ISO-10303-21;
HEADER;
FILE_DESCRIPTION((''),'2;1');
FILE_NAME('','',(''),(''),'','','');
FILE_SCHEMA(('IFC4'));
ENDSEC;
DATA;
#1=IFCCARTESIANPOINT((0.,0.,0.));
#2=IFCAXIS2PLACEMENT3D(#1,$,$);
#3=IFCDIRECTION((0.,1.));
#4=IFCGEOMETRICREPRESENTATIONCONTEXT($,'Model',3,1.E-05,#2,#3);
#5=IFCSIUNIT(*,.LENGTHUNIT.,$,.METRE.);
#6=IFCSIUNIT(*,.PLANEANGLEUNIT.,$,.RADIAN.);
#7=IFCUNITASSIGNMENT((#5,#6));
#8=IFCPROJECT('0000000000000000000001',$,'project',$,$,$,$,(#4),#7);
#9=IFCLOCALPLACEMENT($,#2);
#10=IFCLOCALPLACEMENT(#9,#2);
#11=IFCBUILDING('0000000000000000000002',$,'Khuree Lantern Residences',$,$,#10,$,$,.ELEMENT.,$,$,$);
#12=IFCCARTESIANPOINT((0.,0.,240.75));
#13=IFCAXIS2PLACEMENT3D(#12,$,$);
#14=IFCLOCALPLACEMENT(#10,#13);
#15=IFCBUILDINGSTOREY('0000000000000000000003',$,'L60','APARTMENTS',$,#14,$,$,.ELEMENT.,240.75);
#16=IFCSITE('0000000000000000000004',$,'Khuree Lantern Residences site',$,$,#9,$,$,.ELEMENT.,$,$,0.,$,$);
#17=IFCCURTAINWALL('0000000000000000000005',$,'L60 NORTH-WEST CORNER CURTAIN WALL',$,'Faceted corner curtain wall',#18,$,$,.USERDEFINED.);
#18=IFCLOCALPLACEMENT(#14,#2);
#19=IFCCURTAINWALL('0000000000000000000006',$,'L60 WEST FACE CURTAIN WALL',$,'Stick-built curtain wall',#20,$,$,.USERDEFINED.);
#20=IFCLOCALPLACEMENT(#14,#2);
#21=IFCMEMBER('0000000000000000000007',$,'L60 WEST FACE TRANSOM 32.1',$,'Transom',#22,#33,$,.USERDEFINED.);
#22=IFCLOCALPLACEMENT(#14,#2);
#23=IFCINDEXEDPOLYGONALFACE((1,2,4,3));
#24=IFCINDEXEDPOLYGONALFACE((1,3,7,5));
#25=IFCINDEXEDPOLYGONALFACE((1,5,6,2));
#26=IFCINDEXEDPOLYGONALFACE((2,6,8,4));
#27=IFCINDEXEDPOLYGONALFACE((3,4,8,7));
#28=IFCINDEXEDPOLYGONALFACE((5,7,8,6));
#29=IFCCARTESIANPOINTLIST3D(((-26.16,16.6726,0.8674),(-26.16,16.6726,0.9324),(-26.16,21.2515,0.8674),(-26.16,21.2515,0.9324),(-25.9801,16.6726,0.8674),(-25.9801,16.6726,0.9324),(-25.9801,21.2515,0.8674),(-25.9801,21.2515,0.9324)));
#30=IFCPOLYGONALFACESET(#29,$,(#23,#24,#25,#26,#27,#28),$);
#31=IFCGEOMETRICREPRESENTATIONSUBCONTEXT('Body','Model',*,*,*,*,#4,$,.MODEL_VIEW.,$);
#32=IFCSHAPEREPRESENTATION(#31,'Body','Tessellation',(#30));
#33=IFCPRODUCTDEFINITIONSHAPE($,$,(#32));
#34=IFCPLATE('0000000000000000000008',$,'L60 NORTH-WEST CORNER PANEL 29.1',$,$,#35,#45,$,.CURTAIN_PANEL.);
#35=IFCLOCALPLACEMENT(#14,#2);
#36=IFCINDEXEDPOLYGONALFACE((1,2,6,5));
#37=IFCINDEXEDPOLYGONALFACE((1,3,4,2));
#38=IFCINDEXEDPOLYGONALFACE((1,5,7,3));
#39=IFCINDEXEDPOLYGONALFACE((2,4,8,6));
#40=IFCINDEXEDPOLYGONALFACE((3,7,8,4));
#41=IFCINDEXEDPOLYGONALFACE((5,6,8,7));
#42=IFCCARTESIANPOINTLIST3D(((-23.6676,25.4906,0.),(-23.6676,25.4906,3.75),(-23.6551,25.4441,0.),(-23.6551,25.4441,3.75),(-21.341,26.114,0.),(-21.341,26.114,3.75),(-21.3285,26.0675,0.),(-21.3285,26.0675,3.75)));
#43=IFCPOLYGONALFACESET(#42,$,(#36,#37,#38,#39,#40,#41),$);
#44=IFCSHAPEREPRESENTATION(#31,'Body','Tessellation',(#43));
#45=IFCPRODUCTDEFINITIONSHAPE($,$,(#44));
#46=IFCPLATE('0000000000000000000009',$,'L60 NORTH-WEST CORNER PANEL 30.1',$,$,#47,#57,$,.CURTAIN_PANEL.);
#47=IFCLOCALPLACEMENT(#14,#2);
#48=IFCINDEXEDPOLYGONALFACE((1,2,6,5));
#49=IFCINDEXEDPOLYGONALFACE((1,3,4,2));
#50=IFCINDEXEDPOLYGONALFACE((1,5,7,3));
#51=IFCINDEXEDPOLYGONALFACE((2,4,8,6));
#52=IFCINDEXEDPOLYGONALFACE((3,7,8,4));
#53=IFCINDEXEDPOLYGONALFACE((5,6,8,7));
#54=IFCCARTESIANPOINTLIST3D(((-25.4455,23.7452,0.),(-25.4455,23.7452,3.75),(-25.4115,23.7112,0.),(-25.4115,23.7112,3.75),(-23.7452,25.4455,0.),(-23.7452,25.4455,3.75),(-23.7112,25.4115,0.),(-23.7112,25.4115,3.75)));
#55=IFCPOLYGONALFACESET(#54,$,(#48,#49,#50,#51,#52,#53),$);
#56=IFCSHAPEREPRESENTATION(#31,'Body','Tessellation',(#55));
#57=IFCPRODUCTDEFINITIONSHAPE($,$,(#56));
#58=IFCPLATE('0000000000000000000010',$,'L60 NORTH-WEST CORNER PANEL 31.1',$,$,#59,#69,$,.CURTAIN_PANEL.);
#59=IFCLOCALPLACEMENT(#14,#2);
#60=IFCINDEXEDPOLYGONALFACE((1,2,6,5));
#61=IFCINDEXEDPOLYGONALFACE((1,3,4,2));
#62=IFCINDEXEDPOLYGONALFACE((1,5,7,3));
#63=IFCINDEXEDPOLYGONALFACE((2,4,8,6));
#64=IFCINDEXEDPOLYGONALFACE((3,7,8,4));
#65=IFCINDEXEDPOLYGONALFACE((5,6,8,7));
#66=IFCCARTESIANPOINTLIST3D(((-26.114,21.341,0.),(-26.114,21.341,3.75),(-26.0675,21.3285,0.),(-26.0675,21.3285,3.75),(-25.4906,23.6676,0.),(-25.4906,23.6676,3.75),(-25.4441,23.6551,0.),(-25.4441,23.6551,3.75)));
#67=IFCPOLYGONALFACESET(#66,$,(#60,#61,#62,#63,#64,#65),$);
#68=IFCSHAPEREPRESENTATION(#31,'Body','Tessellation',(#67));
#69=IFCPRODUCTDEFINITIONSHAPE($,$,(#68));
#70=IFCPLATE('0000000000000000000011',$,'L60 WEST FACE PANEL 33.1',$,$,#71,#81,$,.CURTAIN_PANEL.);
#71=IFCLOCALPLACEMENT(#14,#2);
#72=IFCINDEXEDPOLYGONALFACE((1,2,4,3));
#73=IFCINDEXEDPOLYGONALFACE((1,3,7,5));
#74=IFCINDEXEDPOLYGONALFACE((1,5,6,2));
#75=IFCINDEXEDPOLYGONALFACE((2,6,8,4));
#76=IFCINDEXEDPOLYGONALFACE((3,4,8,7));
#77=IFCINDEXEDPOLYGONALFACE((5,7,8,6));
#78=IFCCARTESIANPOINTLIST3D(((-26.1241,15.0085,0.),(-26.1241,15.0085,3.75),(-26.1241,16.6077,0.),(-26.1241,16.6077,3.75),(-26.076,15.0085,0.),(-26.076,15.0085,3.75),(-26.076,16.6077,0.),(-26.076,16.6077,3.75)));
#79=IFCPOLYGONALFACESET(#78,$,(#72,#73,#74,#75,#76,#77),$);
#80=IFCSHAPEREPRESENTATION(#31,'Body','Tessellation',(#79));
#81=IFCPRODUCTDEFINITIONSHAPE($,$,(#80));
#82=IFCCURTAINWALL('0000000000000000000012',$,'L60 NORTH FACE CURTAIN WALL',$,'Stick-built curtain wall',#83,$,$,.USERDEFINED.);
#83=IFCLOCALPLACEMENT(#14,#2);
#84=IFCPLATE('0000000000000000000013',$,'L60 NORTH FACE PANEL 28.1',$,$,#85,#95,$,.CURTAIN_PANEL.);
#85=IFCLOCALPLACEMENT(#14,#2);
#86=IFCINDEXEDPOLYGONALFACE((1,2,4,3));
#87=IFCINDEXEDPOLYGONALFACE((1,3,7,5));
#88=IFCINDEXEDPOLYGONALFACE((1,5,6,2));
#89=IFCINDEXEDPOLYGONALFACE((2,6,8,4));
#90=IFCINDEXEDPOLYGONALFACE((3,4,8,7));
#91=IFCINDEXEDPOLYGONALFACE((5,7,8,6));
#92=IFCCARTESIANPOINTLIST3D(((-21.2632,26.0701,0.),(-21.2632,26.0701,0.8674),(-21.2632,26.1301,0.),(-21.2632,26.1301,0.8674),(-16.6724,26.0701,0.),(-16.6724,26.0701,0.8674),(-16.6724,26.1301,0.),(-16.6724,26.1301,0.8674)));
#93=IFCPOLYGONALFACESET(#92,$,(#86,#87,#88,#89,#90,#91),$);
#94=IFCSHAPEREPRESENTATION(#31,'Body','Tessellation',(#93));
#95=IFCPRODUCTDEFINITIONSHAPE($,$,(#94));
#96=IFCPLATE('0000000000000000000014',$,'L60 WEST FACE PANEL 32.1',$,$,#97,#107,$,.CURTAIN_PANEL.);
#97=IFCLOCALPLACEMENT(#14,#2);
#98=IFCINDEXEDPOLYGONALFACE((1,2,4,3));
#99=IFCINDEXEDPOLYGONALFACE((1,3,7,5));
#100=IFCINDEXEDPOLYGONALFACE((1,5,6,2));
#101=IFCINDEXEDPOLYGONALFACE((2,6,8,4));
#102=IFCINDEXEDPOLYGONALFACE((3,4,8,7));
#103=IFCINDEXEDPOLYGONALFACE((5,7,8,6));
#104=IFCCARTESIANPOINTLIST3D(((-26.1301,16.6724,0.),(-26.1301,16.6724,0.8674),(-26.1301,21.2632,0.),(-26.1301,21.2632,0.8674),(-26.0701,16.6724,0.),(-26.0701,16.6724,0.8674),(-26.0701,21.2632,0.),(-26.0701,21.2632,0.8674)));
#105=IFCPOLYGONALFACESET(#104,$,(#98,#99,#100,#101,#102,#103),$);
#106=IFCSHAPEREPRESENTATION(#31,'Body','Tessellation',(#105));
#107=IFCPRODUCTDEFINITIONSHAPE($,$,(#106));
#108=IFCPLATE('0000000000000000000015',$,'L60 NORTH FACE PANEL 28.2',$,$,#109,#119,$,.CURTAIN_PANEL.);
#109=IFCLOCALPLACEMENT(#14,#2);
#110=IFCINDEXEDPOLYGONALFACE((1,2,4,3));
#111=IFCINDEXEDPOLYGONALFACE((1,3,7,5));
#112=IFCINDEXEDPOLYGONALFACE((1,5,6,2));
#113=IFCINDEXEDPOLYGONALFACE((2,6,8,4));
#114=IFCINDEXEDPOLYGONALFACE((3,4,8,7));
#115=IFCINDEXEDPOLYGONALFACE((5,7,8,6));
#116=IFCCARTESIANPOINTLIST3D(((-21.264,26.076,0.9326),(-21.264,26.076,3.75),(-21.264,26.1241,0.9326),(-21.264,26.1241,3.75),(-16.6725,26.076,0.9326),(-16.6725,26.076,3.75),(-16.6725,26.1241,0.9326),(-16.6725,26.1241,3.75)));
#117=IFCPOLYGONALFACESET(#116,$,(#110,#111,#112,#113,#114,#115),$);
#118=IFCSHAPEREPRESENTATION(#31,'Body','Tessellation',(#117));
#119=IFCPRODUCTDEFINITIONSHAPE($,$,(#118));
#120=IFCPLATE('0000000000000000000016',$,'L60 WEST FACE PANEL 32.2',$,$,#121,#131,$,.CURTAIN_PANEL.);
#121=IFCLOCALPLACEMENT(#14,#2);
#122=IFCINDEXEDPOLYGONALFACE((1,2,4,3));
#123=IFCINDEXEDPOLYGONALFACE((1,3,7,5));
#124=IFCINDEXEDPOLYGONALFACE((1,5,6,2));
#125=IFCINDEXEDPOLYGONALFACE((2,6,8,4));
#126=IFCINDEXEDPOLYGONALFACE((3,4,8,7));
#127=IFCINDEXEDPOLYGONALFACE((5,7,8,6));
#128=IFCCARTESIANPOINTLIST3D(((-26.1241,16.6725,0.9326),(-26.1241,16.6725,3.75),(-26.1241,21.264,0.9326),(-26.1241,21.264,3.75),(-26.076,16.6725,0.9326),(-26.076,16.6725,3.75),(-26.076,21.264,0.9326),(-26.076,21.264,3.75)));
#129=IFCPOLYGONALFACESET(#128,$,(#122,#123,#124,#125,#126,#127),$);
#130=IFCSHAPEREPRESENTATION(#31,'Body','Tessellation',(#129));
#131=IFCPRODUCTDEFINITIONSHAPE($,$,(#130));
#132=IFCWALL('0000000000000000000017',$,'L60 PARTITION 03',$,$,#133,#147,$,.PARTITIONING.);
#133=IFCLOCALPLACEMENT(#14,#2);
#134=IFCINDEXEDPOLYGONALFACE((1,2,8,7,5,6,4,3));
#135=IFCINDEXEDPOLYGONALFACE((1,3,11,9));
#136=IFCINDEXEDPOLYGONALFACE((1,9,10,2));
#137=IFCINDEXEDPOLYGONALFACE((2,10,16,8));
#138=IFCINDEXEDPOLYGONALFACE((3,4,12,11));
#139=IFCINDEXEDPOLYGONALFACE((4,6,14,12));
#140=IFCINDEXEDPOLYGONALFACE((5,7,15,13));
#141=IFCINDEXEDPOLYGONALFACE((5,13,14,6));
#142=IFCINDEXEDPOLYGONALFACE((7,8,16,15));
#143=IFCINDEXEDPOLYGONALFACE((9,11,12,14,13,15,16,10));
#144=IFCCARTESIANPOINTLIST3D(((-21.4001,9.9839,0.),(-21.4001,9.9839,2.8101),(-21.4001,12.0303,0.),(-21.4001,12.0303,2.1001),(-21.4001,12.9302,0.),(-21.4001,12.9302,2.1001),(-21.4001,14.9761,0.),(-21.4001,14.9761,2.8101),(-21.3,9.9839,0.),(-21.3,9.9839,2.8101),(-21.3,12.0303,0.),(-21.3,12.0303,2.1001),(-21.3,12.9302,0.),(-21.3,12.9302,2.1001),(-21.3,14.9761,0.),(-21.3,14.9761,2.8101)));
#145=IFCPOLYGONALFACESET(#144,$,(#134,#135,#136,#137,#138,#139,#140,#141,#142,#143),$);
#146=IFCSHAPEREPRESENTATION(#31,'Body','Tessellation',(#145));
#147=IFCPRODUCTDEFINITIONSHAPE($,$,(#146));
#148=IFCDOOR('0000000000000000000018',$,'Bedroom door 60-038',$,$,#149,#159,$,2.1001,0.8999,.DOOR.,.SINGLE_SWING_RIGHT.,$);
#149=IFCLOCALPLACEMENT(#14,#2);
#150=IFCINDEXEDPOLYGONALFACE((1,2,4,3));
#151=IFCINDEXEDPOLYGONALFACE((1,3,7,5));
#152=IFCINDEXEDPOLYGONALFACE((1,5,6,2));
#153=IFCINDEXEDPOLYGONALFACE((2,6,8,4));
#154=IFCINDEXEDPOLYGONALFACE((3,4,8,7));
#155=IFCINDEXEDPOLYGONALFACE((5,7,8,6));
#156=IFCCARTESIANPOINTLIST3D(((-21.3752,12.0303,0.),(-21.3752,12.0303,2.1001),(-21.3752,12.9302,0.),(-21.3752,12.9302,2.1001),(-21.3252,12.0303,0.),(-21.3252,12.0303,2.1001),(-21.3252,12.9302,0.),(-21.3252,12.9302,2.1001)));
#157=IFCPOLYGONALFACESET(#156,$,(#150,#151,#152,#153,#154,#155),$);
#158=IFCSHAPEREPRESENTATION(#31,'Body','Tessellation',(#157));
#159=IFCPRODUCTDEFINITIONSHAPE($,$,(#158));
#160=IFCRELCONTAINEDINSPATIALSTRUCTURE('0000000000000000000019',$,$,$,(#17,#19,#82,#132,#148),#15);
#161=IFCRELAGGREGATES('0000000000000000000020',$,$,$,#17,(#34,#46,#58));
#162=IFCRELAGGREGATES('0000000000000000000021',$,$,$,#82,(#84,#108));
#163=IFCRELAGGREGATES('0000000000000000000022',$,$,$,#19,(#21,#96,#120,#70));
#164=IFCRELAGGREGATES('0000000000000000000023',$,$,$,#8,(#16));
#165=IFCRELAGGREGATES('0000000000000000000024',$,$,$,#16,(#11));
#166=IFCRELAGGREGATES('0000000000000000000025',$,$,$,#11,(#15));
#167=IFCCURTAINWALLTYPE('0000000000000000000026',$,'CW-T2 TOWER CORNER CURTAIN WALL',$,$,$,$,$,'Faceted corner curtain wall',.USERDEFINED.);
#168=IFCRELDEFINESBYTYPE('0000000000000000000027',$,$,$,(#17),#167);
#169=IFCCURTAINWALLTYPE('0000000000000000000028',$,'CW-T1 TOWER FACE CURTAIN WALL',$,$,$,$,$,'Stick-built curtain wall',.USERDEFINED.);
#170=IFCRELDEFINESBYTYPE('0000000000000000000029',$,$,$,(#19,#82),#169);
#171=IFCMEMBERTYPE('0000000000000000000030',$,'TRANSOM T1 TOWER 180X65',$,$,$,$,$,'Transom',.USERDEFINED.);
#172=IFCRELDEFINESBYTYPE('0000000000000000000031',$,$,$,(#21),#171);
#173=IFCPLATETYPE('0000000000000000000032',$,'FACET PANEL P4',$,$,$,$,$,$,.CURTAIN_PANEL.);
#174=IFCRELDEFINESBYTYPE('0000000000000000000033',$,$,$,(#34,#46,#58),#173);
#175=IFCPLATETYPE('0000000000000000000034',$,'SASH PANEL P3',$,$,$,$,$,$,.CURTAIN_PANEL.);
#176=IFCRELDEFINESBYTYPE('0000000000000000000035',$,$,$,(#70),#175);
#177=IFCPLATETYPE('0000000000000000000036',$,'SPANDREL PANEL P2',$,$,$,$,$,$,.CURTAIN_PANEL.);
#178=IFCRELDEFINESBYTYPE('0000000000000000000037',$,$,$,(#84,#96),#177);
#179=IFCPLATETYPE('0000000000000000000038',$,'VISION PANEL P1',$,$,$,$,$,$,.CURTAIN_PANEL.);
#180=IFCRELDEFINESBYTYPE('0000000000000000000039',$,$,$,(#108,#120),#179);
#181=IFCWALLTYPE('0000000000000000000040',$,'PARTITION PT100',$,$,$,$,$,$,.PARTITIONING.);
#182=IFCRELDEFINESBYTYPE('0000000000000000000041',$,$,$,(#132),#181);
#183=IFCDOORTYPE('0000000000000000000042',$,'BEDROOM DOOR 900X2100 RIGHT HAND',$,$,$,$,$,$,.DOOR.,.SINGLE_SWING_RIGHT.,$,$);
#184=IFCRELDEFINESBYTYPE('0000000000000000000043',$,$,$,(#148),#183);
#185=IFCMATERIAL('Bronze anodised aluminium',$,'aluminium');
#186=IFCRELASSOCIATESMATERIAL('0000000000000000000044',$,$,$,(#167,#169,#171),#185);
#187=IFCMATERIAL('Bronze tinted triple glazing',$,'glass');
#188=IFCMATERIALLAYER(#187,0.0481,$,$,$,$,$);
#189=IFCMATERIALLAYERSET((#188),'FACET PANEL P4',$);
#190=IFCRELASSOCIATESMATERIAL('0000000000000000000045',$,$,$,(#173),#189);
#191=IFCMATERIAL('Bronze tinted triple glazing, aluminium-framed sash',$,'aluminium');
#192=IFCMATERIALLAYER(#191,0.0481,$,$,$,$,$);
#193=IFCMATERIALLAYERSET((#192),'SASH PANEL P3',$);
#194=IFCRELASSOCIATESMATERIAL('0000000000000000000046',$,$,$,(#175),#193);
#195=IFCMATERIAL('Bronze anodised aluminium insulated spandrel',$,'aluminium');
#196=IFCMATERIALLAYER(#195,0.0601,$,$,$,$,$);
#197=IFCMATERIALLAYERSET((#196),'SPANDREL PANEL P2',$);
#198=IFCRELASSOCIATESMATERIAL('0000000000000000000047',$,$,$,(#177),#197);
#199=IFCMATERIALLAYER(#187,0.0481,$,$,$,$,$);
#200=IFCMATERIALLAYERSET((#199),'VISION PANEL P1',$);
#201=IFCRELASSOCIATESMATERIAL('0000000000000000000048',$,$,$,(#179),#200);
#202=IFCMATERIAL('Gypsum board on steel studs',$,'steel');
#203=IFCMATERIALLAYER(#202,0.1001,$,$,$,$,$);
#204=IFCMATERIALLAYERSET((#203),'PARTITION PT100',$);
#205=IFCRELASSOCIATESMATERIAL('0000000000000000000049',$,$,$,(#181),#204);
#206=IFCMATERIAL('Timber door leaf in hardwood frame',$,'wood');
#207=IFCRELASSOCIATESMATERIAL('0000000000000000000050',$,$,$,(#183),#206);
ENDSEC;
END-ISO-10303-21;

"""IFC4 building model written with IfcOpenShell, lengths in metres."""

from ifc_helpers import new_model, si_unit, direction, frame, frame_2d, origin, origin_2d, place, context, subcontext, project, spatial, rectangle, extrude, material, layer, layer_set, material_profile, profile_set, type_object, element, fill, aggregate, save


model = new_model("IFC4")

# Units and contexts
model_context = context("Model", 3, precision=1e-05, world=origin(), true_north=direction((0.0, 1.0)))
body_context = subcontext(model_context, "Body", "Model", "MODEL_VIEW")
ifc_project = project(units=[si_unit("LENGTHUNIT", "METRE"), si_unit("PLANEANGLEUNIT", "RADIAN")], contexts=[model_context])

# Site, building, storey
site_placement = place(None, origin())
site = spatial("IfcSite", under=ifc_project, at=site_placement, Name="Khuree Lantern Residences site", CompositionType="ELEMENT", RefElevation=0.0)
building_placement = place(site_placement, origin())
building = spatial("IfcBuilding", under=site, at=building_placement, Name="Khuree Lantern Residences", CompositionType="ELEMENT")
storey_placement = place(building_placement, frame((0.0, 0.0, 240.75)))
storey = spatial("IfcBuildingStorey", under=building, at=storey_placement, Name="L60", Description="APARTMENTS", CompositionType="ELEMENT", Elevation=240.75)

# Curtain wall
ifc_material_1 = material(Name="Bronze anodised aluminium", Category="aluminium")
curtain_wall_type_1 = type_object("IfcCurtainWallType", Name="CW-T2 TOWER CORNER CURTAIN WALL", ElementType="Faceted corner curtain wall", PredefinedType="USERDEFINED", material=ifc_material_1)
curtain_wall_1_placement = place(storey_placement, origin())
curtain_wall_1 = element("IfcCurtainWall", 1, at=curtain_wall_1_placement, inside=storey, type_object=curtain_wall_type_1, Name="L60 NORTH-WEST CORNER CURTAIN WALL", ObjectType="Faceted corner curtain wall", PredefinedType="USERDEFINED")

# Curtain wall, member
curtain_wall_type_2 = type_object("IfcCurtainWallType", Name="CW-T1 TOWER FACE CURTAIN WALL", ElementType="Stick-built curtain wall", PredefinedType="USERDEFINED", material=ifc_material_1)
curtain_wall_2_placement = place(storey_placement, origin())
curtain_wall_2 = element("IfcCurtainWall", 2, at=curtain_wall_2_placement, inside=storey, type_object=curtain_wall_type_2, Name="L60 WEST FACE CURTAIN WALL", ObjectType="Stick-built curtain wall", PredefinedType="USERDEFINED")
ifc_material_profile_1 = material_profile(ifc_material_1, rectangle(XDim=0.1799, YDim=0.0649, at=origin_2d()), Name="T1 180X65")
ifc_profile_set_1 = profile_set([ifc_material_profile_1], Name="Bronze anodised aluminium")
member_type_1 = type_object("IfcMemberType", Name="TRANSOM T1 TOWER 180X65", ElementType="Transom", PredefinedType="USERDEFINED", material=ifc_profile_set_1)
member_1_placement = place(storey_placement, frame((-26.0701, 21.2515, 0.8999), z_axis=(0.0, -1.0, 0.0), x_axis=(1.0, 0.0, 0.0)))
member_1 = element("IfcMember", 3, at=member_1_placement, type_object=member_type_1, Name="L60 WEST FACE TRANSOM 32.1", ObjectType="Transom", PredefinedType="USERDEFINED", context=body_context, shape_type="SweptSolid", body=[
    extrude(rectangle(XDim=0.1799, YDim=0.0649, at=origin_2d()), origin(), (0.0, 0.0, 1.0), 4.5789),
])

# Plates
ifc_material_2 = material(Name="Bronze tinted triple glazing", Category="glass")
ifc_layer_1 = layer(ifc_material_2, 0.0481)
ifc_layer_set_1 = layer_set([ifc_layer_1], Name="FACET PANEL P4")
plate_type_1 = type_object("IfcPlateType", Name="FACET PANEL P4", PredefinedType="CURTAIN_PANEL", material=ifc_layer_set_1)
plate_1_placement = place(storey_placement, frame((-22.498, 25.7791, 0.0), z_axis=(0.0, 0.0, 1.0), x_axis=(-0.965926, -0.258819, 0.0)))
plate_1 = element("IfcPlate", 4, at=plate_1_placement, type_object=plate_type_1, Name="L60 NORTH-WEST CORNER PANEL 29.1", PredefinedType="CURTAIN_PANEL", context=body_context, shape_type="SweptSolid", body=[
    extrude(rectangle(XDim=2.4087, YDim=0.0481, at=origin_2d()), origin(), (0.0, 0.0, 1.0), 3.75),
])
plate_2_placement = place(storey_placement, frame((-24.5784, 24.5784, 0.0), z_axis=(0.0, 0.0, 1.0), x_axis=(-0.707107, -0.707107, 0.0)))
plate_2 = element("IfcPlate", 5, at=plate_2_placement, type_object=plate_type_1, Name="L60 NORTH-WEST CORNER PANEL 30.1", PredefinedType="CURTAIN_PANEL", context=body_context, shape_type="SweptSolid", body=[
    extrude(rectangle(XDim=2.4045, YDim=0.0481, at=origin_2d()), origin(), (0.0, 0.0, 1.0), 3.75),
])
plate_3_placement = place(storey_placement, frame((-25.7791, 22.498, 0.0), z_axis=(0.0, 0.0, 1.0), x_axis=(-0.258819, -0.965926, 0.0)))
plate_3 = element("IfcPlate", 6, at=plate_3_placement, type_object=plate_type_1, Name="L60 NORTH-WEST CORNER PANEL 31.1", PredefinedType="CURTAIN_PANEL", context=body_context, shape_type="SweptSolid", body=[
    extrude(rectangle(XDim=2.4087, YDim=0.0481, at=origin_2d()), origin(), (0.0, 0.0, 1.0), 3.75),
])
aggregate(curtain_wall_1, [plate_1, plate_2, plate_3])
ifc_material_3 = material(Name="Bronze tinted triple glazing, aluminium-framed sash", Category="aluminium")
ifc_layer_2 = layer(ifc_material_3, 0.0481)
ifc_layer_set_2 = layer_set([ifc_layer_2], Name="SASH PANEL P3")
plate_type_2 = type_object("IfcPlateType", Name="SASH PANEL P3", PredefinedType="CURTAIN_PANEL", material=ifc_layer_set_2)
plate_4_placement = place(storey_placement, frame((-26.1001, 15.8081, 0.0), z_axis=(0.0, 0.0, 1.0), x_axis=(0.0, -1.0, 0.0)))
plate_4 = element("IfcPlate", 7, at=plate_4_placement, type_object=plate_type_2, Name="L60 WEST FACE PANEL 33.1", PredefinedType="CURTAIN_PANEL", context=body_context, shape_type="SweptSolid", body=[
    extrude(rectangle(XDim=1.5991, YDim=0.0481, at=origin_2d()), origin(), (0.0, 0.0, 1.0), 3.75),
])

# Curtain wall, plate
curtain_wall_3_placement = place(storey_placement, origin())
curtain_wall_3 = element("IfcCurtainWall", 8, at=curtain_wall_3_placement, inside=storey, type_object=curtain_wall_type_2, Name="L60 NORTH FACE CURTAIN WALL", ObjectType="Stick-built curtain wall", PredefinedType="USERDEFINED")
ifc_material_4 = material(Name="Bronze anodised aluminium insulated spandrel", Category="aluminium")
ifc_layer_3 = layer(ifc_material_4, 0.0601)
ifc_layer_set_3 = layer_set([ifc_layer_3], Name="SPANDREL PANEL P2")
plate_type_3 = type_object("IfcPlateType", Name="SPANDREL PANEL P2", PredefinedType="CURTAIN_PANEL", material=ifc_layer_set_3)
plate_5_placement = place(storey_placement, frame((-18.9678, 26.1001, 0.0), z_axis=(0.0, 0.0, 1.0), x_axis=(-1.0, 0.0, 0.0)))
plate_5 = element("IfcPlate", 9, at=plate_5_placement, type_object=plate_type_3, Name="L60 NORTH FACE PANEL 28.1", PredefinedType="CURTAIN_PANEL", context=body_context, shape_type="SweptSolid", body=[
    extrude(rectangle(XDim=4.5908, YDim=0.0601, at=origin_2d()), origin(), (0.0, 0.0, 1.0), 0.8674),
])

# Plates
plate_6_placement = place(storey_placement, frame((-26.1001, 18.9678, 0.0), z_axis=(0.0, 0.0, 1.0), x_axis=(0.0, -1.0, 0.0)))
plate_6 = element("IfcPlate", 10, at=plate_6_placement, type_object=plate_type_3, Name="L60 WEST FACE PANEL 32.1", PredefinedType="CURTAIN_PANEL", context=body_context, shape_type="SweptSolid", body=[
    extrude(rectangle(XDim=4.5908, YDim=0.0601, at=origin_2d()), origin(), (0.0, 0.0, 1.0), 0.8674),
])
ifc_layer_4 = layer(ifc_material_2, 0.0481)
ifc_layer_set_4 = layer_set([ifc_layer_4], Name="VISION PANEL P1")
plate_type_4 = type_object("IfcPlateType", Name="VISION PANEL P1", PredefinedType="CURTAIN_PANEL", material=ifc_layer_set_4)
plate_7_placement = place(storey_placement, frame((-18.9683, 26.1001, 0.9326), z_axis=(0.0, 0.0, 1.0), x_axis=(-1.0, 0.0, 0.0)))
plate_7 = element("IfcPlate", 11, at=plate_7_placement, type_object=plate_type_4, Name="L60 NORTH FACE PANEL 28.2", PredefinedType="CURTAIN_PANEL", context=body_context, shape_type="SweptSolid", body=[
    extrude(rectangle(XDim=4.5916, YDim=0.0481, at=origin_2d()), origin(), (0.0, 0.0, 1.0), 2.8174),
])
aggregate(curtain_wall_3, [plate_5, plate_7])
plate_8_placement = place(storey_placement, frame((-26.1001, 18.9683, 0.9326), z_axis=(0.0, 0.0, 1.0), x_axis=(0.0, -1.0, 0.0)))
plate_8 = element("IfcPlate", 12, at=plate_8_placement, type_object=plate_type_4, Name="L60 WEST FACE PANEL 32.2", PredefinedType="CURTAIN_PANEL", context=body_context, shape_type="SweptSolid", body=[
    extrude(rectangle(XDim=4.5916, YDim=0.0481, at=origin_2d()), origin(), (0.0, 0.0, 1.0), 2.8174),
])
aggregate(curtain_wall_2, [member_1, plate_6, plate_8, plate_4])

# Wall, opening, door
ifc_material_5 = material(Name="Gypsum board on steel studs", Category="steel")
ifc_layer_5 = layer(ifc_material_5, 0.1001)
ifc_layer_set_5 = layer_set([ifc_layer_5], Name="PARTITION PT100")
wall_type = type_object("IfcWallType", Name="PARTITION PT100", PredefinedType="PARTITIONING", material=ifc_layer_set_5)
wall_placement = place(storey_placement, frame((-21.3501, 14.9761, 0.0), z_axis=(0.0, 0.0, 1.0), x_axis=(0.0, -1.0, 0.0)))
wall = element("IfcWall", 13, at=wall_placement, inside=storey, type_object=wall_type, Name="L60 PARTITION 03", PredefinedType="PARTITIONING", context=body_context, shape_type="SweptSolid", body=[
    extrude(rectangle(XDim=4.9922, YDim=0.1001, at=frame_2d((2.4961, 0.0))), origin(), (0.0, 0.0, 1.0), 2.8101),
])
opening_placement = place(wall_placement, frame((2.0459, 0.0, 0.0)))
opening = element("IfcOpeningElement", 14, at=opening_placement, cuts=wall, PredefinedType="OPENING", context=body_context, shape_type="SweptSolid", body=[
    extrude(rectangle(XDim=0.8999, YDim=2.1001, at=frame_2d((0.45, 1.05))), frame((0.0, 0.0601, 0.0), z_axis=(0.0, -1.0, 0.0), x_axis=(1.0, 0.0, 0.0)), (0.0, 0.0, 1.0), 0.1201),
])
ifc_material_6 = material(Name="Timber door leaf in hardwood frame", Category="wood")
door_type = type_object("IfcDoorType", Name="BEDROOM DOOR 900X2100 RIGHT HAND", OperationType="SINGLE_SWING_RIGHT", PredefinedType="DOOR", material=ifc_material_6)
door_placement = place(opening_placement, origin())
door = element("IfcDoor", 15, at=door_placement, inside=storey, type_object=door_type, Name="Bedroom door 60-038", OperationType="SINGLE_SWING_RIGHT", OverallHeight=2.1001, OverallWidth=0.8999, PredefinedType="DOOR", context=body_context, shape_type="SweptSolid", body=[
    extrude(rectangle(XDim=0.8999, YDim=2.1001, at=frame_2d((0.45, 1.05))), frame((0.0, 0.0249, 0.0), z_axis=(0.0, -1.0, 0.0), x_axis=(1.0, 0.0, 0.0)), (0.0, 0.0, 1.0), 0.05),
])
fill(opening, door)

save(model, "model.ifc")
